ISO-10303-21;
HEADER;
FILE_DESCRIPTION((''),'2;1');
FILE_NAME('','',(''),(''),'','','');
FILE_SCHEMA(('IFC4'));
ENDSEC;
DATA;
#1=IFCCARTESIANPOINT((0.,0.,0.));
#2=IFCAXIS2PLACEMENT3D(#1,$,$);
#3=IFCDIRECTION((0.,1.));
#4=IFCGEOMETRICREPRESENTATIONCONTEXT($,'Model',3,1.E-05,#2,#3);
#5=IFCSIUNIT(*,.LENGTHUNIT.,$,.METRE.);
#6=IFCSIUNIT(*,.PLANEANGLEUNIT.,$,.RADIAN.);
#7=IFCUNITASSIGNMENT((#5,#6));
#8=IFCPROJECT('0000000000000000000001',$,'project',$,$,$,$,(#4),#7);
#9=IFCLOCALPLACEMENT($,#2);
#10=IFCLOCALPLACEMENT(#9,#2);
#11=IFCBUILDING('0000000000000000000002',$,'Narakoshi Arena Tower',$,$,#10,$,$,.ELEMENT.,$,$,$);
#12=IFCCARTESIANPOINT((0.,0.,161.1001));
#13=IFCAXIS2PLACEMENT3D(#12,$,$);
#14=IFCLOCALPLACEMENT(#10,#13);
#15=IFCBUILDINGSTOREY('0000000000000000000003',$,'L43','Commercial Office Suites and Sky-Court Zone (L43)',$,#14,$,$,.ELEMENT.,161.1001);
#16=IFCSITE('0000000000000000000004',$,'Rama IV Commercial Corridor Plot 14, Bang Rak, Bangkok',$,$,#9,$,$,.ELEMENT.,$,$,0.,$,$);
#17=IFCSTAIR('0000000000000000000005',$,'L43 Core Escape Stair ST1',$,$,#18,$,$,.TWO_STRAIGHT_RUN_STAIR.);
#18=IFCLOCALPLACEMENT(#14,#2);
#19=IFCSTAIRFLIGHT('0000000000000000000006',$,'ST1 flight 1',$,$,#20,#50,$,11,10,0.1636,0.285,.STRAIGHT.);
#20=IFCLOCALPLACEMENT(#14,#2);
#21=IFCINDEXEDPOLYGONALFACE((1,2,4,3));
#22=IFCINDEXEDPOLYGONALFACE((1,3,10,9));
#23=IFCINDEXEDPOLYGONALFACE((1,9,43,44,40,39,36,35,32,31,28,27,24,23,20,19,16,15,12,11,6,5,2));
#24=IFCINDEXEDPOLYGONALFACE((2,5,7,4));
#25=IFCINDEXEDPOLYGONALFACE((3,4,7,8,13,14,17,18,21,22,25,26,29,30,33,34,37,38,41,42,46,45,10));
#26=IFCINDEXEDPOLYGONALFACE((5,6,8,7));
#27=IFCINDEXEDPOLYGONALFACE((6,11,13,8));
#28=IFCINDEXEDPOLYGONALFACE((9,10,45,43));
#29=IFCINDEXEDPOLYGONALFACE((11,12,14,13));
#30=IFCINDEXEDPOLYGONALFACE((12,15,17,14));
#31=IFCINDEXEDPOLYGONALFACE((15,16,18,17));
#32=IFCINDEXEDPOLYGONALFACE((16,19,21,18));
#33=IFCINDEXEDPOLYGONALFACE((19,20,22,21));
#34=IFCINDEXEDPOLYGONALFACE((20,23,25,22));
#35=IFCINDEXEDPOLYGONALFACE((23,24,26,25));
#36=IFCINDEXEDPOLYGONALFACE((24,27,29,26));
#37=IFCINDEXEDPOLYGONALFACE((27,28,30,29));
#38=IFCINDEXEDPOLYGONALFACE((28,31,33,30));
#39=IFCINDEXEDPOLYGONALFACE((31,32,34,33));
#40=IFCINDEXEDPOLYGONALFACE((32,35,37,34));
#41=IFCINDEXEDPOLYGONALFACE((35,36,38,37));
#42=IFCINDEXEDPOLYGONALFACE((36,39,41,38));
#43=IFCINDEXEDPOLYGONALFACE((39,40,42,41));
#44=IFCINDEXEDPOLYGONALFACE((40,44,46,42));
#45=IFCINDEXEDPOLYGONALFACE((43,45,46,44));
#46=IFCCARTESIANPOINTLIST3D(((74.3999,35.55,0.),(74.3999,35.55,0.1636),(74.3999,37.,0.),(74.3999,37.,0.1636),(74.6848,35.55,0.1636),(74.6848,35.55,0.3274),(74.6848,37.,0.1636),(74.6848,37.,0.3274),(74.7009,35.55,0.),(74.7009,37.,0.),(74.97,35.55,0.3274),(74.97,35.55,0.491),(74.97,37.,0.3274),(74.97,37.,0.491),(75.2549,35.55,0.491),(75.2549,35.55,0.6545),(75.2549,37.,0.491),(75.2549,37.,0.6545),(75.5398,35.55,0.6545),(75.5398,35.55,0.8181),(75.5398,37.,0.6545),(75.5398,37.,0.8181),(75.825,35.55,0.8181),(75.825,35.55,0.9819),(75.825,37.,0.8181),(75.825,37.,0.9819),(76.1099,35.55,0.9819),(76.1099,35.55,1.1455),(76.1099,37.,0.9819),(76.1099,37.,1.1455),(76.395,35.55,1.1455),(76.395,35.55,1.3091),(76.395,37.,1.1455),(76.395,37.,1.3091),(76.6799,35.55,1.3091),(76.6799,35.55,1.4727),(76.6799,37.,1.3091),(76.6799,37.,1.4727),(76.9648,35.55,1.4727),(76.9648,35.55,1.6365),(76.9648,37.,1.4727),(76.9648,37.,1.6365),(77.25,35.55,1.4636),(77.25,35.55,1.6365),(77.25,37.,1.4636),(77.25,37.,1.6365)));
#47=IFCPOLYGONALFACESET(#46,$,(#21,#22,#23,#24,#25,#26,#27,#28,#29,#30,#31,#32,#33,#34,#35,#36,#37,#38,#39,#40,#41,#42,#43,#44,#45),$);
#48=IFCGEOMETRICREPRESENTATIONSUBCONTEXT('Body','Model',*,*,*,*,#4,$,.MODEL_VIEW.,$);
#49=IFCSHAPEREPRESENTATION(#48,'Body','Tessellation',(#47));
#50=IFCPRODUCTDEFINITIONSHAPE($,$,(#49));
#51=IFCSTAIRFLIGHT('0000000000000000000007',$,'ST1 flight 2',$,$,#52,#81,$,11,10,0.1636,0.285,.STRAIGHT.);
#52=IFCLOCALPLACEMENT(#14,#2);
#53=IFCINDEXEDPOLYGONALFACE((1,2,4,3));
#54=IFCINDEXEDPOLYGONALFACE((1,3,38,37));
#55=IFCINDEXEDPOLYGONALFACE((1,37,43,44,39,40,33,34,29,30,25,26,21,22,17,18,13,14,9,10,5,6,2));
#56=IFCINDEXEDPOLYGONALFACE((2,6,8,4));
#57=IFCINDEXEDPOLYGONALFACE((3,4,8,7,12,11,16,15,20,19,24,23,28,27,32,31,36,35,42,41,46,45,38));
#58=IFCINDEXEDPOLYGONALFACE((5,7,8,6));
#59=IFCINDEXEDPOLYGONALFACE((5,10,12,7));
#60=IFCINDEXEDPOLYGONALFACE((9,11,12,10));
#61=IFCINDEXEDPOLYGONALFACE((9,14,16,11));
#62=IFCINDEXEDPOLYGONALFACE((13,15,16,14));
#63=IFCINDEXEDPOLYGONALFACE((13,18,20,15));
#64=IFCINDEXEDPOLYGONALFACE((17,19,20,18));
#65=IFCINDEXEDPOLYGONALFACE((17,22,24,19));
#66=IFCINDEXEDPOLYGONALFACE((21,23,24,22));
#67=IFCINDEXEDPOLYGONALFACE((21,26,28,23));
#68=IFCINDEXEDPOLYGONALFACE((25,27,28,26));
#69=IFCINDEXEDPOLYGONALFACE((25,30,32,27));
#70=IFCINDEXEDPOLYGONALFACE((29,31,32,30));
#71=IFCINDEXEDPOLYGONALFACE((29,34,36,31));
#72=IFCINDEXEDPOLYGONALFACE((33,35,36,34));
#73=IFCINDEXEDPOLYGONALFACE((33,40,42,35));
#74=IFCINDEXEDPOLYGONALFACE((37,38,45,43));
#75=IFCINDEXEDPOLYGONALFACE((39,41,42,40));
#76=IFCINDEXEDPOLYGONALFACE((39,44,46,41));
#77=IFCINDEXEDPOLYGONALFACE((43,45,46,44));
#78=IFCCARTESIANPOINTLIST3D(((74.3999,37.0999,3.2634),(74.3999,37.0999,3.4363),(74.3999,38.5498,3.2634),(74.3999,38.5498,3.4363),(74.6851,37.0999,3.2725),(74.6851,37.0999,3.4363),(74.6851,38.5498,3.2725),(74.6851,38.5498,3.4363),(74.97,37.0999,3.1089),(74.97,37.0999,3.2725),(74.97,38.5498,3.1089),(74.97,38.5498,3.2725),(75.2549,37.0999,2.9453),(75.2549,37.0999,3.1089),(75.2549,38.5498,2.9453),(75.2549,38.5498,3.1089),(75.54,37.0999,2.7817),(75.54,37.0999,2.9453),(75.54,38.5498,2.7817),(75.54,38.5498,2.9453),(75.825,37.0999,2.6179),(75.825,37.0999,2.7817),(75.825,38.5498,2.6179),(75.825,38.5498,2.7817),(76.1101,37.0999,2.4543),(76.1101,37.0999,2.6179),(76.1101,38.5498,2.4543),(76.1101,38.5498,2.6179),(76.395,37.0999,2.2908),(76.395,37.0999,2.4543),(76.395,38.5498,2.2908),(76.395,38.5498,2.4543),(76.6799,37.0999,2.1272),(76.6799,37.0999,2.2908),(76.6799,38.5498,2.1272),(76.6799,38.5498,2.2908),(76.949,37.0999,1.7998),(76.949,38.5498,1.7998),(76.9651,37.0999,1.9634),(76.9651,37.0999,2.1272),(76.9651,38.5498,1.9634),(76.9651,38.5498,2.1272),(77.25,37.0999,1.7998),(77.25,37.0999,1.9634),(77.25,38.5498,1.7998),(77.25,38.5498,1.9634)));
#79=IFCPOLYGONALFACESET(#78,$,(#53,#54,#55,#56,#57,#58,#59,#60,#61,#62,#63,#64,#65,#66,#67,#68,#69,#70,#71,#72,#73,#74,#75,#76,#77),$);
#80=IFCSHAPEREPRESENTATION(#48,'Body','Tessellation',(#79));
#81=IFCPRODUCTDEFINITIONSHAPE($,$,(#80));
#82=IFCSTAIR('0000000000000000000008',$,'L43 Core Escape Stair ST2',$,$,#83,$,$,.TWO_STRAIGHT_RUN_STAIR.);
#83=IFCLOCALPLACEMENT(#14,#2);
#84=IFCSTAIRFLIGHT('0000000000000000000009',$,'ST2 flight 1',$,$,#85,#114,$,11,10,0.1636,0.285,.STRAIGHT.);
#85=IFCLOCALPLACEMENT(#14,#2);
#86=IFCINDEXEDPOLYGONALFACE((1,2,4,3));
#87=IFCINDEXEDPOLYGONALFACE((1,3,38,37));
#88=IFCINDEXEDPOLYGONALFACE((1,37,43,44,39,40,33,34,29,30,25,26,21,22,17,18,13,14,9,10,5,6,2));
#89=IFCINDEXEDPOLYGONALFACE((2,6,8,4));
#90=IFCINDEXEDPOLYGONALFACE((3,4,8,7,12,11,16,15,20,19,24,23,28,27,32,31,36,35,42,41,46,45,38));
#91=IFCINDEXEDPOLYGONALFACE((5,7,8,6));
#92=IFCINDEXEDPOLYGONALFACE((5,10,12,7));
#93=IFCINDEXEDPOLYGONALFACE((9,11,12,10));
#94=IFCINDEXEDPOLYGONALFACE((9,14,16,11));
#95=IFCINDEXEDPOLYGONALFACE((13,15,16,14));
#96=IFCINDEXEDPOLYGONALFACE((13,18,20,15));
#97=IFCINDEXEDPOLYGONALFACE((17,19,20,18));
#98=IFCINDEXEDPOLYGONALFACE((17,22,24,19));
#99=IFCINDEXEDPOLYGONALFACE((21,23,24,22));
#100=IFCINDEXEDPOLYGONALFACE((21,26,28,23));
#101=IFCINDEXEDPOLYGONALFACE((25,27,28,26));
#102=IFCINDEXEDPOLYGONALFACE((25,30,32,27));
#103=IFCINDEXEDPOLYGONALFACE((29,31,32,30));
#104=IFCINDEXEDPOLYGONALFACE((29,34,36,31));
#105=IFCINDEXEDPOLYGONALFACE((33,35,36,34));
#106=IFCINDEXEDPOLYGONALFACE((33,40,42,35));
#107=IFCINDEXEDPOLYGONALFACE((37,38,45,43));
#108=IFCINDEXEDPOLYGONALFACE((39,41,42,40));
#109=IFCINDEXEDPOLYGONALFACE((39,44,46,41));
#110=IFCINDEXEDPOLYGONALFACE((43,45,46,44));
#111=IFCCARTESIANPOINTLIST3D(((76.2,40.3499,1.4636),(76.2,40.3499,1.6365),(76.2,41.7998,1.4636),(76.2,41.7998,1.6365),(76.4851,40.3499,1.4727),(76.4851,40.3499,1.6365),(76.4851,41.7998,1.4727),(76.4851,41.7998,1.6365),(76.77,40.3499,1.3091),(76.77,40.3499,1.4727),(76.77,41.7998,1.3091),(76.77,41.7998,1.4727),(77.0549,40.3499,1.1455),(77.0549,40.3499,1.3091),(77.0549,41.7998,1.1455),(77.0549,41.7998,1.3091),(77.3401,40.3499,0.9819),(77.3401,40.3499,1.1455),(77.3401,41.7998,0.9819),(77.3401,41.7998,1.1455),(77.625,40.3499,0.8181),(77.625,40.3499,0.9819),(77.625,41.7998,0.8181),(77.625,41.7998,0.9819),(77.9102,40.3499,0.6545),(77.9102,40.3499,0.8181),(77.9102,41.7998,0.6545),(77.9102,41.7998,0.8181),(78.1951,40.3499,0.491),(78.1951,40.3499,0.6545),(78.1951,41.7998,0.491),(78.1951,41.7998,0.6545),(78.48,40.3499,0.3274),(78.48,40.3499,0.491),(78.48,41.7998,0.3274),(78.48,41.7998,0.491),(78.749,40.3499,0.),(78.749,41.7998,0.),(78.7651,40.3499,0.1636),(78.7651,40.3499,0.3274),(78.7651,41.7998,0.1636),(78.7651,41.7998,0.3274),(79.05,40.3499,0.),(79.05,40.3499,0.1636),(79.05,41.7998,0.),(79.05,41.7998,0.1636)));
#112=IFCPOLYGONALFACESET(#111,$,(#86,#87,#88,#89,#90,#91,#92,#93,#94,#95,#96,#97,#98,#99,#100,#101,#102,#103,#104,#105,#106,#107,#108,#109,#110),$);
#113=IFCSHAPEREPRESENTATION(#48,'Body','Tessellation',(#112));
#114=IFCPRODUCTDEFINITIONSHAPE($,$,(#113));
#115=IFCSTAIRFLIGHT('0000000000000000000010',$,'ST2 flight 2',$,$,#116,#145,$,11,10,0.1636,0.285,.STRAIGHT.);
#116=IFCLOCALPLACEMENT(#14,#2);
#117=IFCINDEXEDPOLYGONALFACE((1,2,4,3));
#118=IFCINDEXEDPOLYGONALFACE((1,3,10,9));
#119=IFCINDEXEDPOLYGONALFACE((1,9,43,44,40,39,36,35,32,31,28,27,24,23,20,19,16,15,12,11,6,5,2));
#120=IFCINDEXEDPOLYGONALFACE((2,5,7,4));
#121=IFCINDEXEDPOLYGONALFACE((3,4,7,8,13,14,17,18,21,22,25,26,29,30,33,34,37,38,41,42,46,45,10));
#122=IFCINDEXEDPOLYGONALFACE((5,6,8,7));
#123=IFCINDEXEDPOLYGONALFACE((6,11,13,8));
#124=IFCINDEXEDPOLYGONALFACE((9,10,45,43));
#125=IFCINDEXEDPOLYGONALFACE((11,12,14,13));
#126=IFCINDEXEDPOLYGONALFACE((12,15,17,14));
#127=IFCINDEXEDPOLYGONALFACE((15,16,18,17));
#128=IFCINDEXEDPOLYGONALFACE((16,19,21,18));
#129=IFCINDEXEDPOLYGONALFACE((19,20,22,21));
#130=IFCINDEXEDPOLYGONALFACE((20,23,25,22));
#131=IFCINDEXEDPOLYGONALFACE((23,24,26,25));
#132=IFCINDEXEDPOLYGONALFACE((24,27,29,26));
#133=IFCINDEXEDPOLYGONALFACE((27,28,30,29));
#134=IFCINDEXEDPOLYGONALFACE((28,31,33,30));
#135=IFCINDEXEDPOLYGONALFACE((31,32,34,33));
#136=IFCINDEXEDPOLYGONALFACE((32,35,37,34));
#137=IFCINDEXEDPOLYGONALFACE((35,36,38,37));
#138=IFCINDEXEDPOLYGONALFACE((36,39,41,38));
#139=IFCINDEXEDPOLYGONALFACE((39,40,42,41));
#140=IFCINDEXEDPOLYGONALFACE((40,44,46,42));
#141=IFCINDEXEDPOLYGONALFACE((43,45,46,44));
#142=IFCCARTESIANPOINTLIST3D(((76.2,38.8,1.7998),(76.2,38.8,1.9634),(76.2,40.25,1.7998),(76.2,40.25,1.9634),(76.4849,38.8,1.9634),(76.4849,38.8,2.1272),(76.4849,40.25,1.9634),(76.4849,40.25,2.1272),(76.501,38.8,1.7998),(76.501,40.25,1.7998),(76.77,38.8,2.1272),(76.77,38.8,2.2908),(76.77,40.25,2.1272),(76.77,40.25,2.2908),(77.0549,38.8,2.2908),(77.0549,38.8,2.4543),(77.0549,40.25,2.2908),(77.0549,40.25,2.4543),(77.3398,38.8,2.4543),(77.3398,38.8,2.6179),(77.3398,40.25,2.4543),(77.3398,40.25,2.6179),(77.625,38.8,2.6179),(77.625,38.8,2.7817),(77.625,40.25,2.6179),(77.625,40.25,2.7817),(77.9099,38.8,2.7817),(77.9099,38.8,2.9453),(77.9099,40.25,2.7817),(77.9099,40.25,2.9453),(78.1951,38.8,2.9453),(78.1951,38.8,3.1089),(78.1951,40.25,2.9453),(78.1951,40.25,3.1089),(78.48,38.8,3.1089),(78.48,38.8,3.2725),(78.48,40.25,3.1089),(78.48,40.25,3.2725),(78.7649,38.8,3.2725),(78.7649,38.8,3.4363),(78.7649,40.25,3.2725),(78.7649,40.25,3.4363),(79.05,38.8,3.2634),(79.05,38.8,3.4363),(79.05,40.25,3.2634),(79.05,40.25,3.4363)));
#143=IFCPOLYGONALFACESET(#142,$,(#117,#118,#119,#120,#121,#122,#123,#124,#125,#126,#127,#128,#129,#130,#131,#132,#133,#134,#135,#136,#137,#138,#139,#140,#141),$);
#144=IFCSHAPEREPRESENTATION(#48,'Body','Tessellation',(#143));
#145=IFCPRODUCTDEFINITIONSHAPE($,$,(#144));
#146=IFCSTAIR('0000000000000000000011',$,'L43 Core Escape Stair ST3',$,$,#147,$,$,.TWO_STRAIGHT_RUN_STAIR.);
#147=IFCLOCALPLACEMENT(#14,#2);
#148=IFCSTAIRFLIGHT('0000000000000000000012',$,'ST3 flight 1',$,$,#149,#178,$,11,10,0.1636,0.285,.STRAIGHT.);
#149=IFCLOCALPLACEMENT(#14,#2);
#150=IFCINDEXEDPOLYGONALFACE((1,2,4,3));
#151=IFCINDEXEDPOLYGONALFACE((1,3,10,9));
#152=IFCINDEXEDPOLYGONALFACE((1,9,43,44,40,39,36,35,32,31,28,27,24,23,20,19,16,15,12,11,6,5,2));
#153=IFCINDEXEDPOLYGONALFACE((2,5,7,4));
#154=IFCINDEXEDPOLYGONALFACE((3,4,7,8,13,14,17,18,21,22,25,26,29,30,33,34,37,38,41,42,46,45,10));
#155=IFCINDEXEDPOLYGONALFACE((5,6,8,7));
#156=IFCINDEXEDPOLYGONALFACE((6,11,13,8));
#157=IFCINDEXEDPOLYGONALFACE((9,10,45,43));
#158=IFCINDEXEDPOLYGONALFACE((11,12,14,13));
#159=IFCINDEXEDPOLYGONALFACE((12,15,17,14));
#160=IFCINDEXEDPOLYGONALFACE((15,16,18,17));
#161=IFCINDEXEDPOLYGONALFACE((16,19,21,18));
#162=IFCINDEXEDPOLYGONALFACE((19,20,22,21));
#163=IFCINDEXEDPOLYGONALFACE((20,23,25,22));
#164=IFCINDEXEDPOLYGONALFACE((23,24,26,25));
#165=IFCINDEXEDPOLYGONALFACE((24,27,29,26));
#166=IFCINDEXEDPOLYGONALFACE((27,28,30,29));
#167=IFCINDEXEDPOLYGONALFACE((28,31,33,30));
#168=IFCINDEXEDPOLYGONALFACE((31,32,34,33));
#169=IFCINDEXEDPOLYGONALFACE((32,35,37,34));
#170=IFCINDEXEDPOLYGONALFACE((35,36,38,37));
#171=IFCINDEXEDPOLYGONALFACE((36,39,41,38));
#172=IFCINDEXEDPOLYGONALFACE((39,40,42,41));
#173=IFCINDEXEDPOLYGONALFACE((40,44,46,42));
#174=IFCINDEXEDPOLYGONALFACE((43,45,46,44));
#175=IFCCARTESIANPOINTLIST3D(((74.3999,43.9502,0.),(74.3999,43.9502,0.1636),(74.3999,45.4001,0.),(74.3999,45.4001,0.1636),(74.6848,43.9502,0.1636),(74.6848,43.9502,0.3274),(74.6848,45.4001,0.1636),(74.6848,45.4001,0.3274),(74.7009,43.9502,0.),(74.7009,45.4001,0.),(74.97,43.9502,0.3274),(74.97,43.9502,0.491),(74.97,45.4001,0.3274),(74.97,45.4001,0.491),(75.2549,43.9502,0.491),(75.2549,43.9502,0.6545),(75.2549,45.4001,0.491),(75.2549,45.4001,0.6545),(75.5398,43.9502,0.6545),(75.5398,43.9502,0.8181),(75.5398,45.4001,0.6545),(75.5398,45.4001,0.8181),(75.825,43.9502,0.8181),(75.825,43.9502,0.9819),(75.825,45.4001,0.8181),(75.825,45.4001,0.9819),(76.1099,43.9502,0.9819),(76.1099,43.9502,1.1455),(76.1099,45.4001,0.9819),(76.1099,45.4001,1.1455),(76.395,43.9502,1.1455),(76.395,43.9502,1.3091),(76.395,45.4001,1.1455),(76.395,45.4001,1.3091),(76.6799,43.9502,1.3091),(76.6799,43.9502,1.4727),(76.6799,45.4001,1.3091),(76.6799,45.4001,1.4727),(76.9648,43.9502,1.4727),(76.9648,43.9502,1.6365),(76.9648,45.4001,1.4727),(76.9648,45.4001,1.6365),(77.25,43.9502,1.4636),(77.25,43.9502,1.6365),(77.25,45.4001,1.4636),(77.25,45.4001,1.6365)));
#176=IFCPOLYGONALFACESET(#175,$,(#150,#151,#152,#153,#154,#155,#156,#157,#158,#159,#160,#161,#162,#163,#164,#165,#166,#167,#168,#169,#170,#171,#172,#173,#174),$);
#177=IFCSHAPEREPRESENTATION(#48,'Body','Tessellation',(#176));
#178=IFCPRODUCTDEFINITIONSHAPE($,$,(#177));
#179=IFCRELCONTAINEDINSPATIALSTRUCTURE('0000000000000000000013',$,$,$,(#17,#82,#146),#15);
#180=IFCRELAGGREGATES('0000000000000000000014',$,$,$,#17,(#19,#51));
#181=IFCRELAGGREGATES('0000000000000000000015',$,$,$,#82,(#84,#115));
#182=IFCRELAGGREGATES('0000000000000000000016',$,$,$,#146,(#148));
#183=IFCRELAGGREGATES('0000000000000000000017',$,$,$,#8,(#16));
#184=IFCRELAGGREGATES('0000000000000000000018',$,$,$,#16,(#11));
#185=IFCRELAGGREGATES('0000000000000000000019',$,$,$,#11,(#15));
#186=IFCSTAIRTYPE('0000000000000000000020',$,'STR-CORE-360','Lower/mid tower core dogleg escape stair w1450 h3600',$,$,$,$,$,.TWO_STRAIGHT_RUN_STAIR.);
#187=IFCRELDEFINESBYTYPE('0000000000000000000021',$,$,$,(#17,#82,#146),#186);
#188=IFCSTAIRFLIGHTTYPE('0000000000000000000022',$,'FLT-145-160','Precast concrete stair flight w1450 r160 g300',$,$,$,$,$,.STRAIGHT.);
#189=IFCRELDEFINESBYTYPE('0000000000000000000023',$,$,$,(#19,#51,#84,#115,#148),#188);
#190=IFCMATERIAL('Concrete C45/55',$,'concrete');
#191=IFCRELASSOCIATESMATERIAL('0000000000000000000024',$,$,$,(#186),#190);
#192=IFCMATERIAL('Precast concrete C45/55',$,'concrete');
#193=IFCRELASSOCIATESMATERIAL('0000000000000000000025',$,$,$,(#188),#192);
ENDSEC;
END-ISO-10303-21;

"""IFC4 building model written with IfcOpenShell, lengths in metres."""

from ifc_helpers import new_model, si_unit, direction, frame, origin, place, context, subcontext, project, spatial, polyline, outline, extrude, material, type_object, element, aggregate, save


model = new_model("IFC4")

# Units and contexts
model_context = context("Model", 3, precision=1e-05, world=origin(), true_north=direction((0.0, 1.0)))
body_context = subcontext(model_context, "Body", "Model", "MODEL_VIEW")
ifc_project = project(units=[si_unit("LENGTHUNIT", "METRE"), si_unit("PLANEANGLEUNIT", "RADIAN")], contexts=[model_context])

# Site, building, storey
site_placement = place(None, origin())
site = spatial("IfcSite", under=ifc_project, at=site_placement, Name="Rama IV Commercial Corridor Plot 14, Bang Rak, Bangkok", CompositionType="ELEMENT", RefElevation=0.0)
building_placement = place(site_placement, origin())
building = spatial("IfcBuilding", under=site, at=building_placement, Name="Narakoshi Arena Tower", CompositionType="ELEMENT")
storey_placement = place(building_placement, frame((0.0, 0.0, 161.1001)))
storey = spatial("IfcBuildingStorey", under=building, at=storey_placement, Name="L43", Description="Commercial Office Suites and Sky-Court Zone (L43)", CompositionType="ELEMENT", Elevation=161.1001)

# Stairs, stair flights
ifc_material_1 = material(Name="Concrete C45/55", Category="concrete")
stair_type = type_object("IfcStairType", Name="STR-CORE-360", Description="Lower/mid tower core dogleg escape stair w1450 h3600", PredefinedType="TWO_STRAIGHT_RUN_STAIR", material=ifc_material_1)
stair_1_placement = place(storey_placement, origin())
stair_1 = element("IfcStair", 1, at=stair_1_placement, inside=storey, type_object=stair_type, Name="L43 Core Escape Stair ST1", PredefinedType="TWO_STRAIGHT_RUN_STAIR")
ifc_material_2 = material(Name="Precast concrete C45/55", Category="concrete")
stair_flight_type = type_object("IfcStairFlightType", Name="FLT-145-160", Description="Precast concrete stair flight w1450 r160 g300", PredefinedType="STRAIGHT", material=ifc_material_2)
stair_flight_1_placement = place(storey_placement, frame((74.3999, 36.2749, 0.0), z_axis=(0.0, 0.0, 1.0), x_axis=(1.0, 0.0, 0.0)))
stair_flight_1 = element("IfcStairFlight", 2, at=stair_flight_1_placement, type_object=stair_flight_type, Name="ST1 flight 1", NumberOfRisers=11, NumberOfTreads=10, PredefinedType="STRAIGHT", RiserHeight=0.1636, TreadLength=0.285, context=body_context, shape_type="SweptSolid", body=[
    extrude(outline(polyline([(0.0, 0.0), (0.0, 0.1636), (0.2849, 0.1636), (0.2849, 0.3274), (0.5701, 0.3274), (0.5701, 0.491), (0.855, 0.491), (0.855, 0.6545), (1.1399, 0.6545), (1.1399, 0.8181), (1.425, 0.8181), (1.425, 0.9819), (1.71, 0.9819), (1.71, 1.1455), (1.9951, 1.1455), (1.9951, 1.3091), (2.28, 1.3091), (2.28, 1.4727), (2.5649, 1.4727), (2.5649, 1.6365), (2.8501, 1.6365), (2.8501, 1.8), (2.8501, 1.4636), (0.301, 0.0), (0.0, 0.0)])), frame((0.0, 0.7251, 0.0), z_axis=(0.0, -1.0, 0.0), x_axis=(1.0, 0.0, 0.0)), (0.0, 0.0, 1.0), 1.45),
])
stair_flight_2_placement = place(storey_placement, frame((77.25, 37.825, 1.7998), z_axis=(0.0, 0.0, 1.0), x_axis=(-1.0, 0.0, 0.0)))
stair_flight_2 = element("IfcStairFlight", 3, at=stair_flight_2_placement, type_object=stair_flight_type, Name="ST1 flight 2", NumberOfRisers=11, NumberOfTreads=10, PredefinedType="STRAIGHT", RiserHeight=0.1636, TreadLength=0.285, context=body_context, shape_type="SweptSolid", body=[
    extrude(outline(polyline([(0.0, 0.0), (0.0, 0.1636), (0.2849, 0.1636), (0.2849, 0.3274), (0.5701, 0.3274), (0.5701, 0.491), (0.855, 0.491), (0.855, 0.6545), (1.1399, 0.6545), (1.1399, 0.8181), (1.425, 0.8181), (1.425, 0.9819), (1.71, 0.9819), (1.71, 1.1455), (1.9951, 1.1455), (1.9951, 1.3091), (2.28, 1.3091), (2.28, 1.4727), (2.5649, 1.4727), (2.5649, 1.6365), (2.8501, 1.6365), (2.8501, 1.8), (2.8501, 1.4636), (0.301, 0.0), (0.0, 0.0)])), frame((0.0, 0.7251, 0.0), z_axis=(0.0, -1.0, 0.0), x_axis=(1.0, 0.0, 0.0)), (0.0, 0.0, 1.0), 1.45),
])
aggregate(stair_1, [stair_flight_1, stair_flight_2])
stair_2_placement = place(storey_placement, origin())
stair_2 = element("IfcStair", 4, at=stair_2_placement, inside=storey, type_object=stair_type, Name="L43 Core Escape Stair ST2", PredefinedType="TWO_STRAIGHT_RUN_STAIR")
stair_flight_3_placement = place(storey_placement, frame((79.05, 41.075, 0.0), z_axis=(0.0, 0.0, 1.0), x_axis=(-1.0, 0.0, 0.0)))
stair_flight_3 = element("IfcStairFlight", 5, at=stair_flight_3_placement, type_object=stair_flight_type, Name="ST2 flight 1", NumberOfRisers=11, NumberOfTreads=10, PredefinedType="STRAIGHT", RiserHeight=0.1636, TreadLength=0.285, context=body_context, shape_type="SweptSolid", body=[
    extrude(outline(polyline([(0.0, 0.0), (0.0, 0.1636), (0.2849, 0.1636), (0.2849, 0.3274), (0.5701, 0.3274), (0.5701, 0.491), (0.855, 0.491), (0.855, 0.6545), (1.1399, 0.6545), (1.1399, 0.8181), (1.425, 0.8181), (1.425, 0.9819), (1.71, 0.9819), (1.71, 1.1455), (1.9951, 1.1455), (1.9951, 1.3091), (2.28, 1.3091), (2.28, 1.4727), (2.5649, 1.4727), (2.5649, 1.6365), (2.8501, 1.6365), (2.8501, 1.8), (2.8501, 1.4636), (0.301, 0.0), (0.0, 0.0)])), frame((0.0, 0.7251, 0.0), z_axis=(0.0, -1.0, 0.0), x_axis=(1.0, 0.0, 0.0)), (0.0, 0.0, 1.0), 1.45),
])
stair_flight_4_placement = place(storey_placement, frame((76.2, 39.5249, 1.7998), z_axis=(0.0, 0.0, 1.0), x_axis=(1.0, 0.0, 0.0)))
stair_flight_4 = element("IfcStairFlight", 6, at=stair_flight_4_placement, type_object=stair_flight_type, Name="ST2 flight 2", NumberOfRisers=11, NumberOfTreads=10, PredefinedType="STRAIGHT", RiserHeight=0.1636, TreadLength=0.285, context=body_context, shape_type="SweptSolid", body=[
    extrude(outline(polyline([(0.0, 0.0), (0.0, 0.1636), (0.2849, 0.1636), (0.2849, 0.3274), (0.5701, 0.3274), (0.5701, 0.491), (0.855, 0.491), (0.855, 0.6545), (1.1399, 0.6545), (1.1399, 0.8181), (1.425, 0.8181), (1.425, 0.9819), (1.71, 0.9819), (1.71, 1.1455), (1.9951, 1.1455), (1.9951, 1.3091), (2.28, 1.3091), (2.28, 1.4727), (2.5649, 1.4727), (2.5649, 1.6365), (2.8501, 1.6365), (2.8501, 1.8), (2.8501, 1.4636), (0.301, 0.0), (0.0, 0.0)])), frame((0.0, 0.7251, 0.0), z_axis=(0.0, -1.0, 0.0), x_axis=(1.0, 0.0, 0.0)), (0.0, 0.0, 1.0), 1.45),
])
aggregate(stair_2, [stair_flight_3, stair_flight_4])

# Stair, stair flight
stair_3_placement = place(storey_placement, origin())
stair_3 = element("IfcStair", 7, at=stair_3_placement, inside=storey, type_object=stair_type, Name="L43 Core Escape Stair ST3", PredefinedType="TWO_STRAIGHT_RUN_STAIR")
stair_flight_5_placement = place(storey_placement, frame((74.3999, 44.675, 0.0), z_axis=(0.0, 0.0, 1.0), x_axis=(1.0, 0.0, 0.0)))
stair_flight_5 = element("IfcStairFlight", 8, at=stair_flight_5_placement, type_object=stair_flight_type, Name="ST3 flight 1", NumberOfRisers=11, NumberOfTreads=10, PredefinedType="STRAIGHT", RiserHeight=0.1636, TreadLength=0.285, context=body_context, shape_type="SweptSolid", body=[
    extrude(outline(polyline([(0.0, 0.0), (0.0, 0.1636), (0.2849, 0.1636), (0.2849, 0.3274), (0.5701, 0.3274), (0.5701, 0.491), (0.855, 0.491), (0.855, 0.6545), (1.1399, 0.6545), (1.1399, 0.8181), (1.425, 0.8181), (1.425, 0.9819), (1.71, 0.9819), (1.71, 1.1455), (1.9951, 1.1455), (1.9951, 1.3091), (2.28, 1.3091), (2.28, 1.4727), (2.5649, 1.4727), (2.5649, 1.6365), (2.8501, 1.6365), (2.8501, 1.8), (2.8501, 1.4636), (0.301, 0.0), (0.0, 0.0)])), frame((0.0, 0.7251, 0.0), z_axis=(0.0, -1.0, 0.0), x_axis=(1.0, 0.0, 0.0)), (0.0, 0.0, 1.0), 1.45),
])
aggregate(stair_3, [stair_flight_5])

save(model, "model.ifc")
